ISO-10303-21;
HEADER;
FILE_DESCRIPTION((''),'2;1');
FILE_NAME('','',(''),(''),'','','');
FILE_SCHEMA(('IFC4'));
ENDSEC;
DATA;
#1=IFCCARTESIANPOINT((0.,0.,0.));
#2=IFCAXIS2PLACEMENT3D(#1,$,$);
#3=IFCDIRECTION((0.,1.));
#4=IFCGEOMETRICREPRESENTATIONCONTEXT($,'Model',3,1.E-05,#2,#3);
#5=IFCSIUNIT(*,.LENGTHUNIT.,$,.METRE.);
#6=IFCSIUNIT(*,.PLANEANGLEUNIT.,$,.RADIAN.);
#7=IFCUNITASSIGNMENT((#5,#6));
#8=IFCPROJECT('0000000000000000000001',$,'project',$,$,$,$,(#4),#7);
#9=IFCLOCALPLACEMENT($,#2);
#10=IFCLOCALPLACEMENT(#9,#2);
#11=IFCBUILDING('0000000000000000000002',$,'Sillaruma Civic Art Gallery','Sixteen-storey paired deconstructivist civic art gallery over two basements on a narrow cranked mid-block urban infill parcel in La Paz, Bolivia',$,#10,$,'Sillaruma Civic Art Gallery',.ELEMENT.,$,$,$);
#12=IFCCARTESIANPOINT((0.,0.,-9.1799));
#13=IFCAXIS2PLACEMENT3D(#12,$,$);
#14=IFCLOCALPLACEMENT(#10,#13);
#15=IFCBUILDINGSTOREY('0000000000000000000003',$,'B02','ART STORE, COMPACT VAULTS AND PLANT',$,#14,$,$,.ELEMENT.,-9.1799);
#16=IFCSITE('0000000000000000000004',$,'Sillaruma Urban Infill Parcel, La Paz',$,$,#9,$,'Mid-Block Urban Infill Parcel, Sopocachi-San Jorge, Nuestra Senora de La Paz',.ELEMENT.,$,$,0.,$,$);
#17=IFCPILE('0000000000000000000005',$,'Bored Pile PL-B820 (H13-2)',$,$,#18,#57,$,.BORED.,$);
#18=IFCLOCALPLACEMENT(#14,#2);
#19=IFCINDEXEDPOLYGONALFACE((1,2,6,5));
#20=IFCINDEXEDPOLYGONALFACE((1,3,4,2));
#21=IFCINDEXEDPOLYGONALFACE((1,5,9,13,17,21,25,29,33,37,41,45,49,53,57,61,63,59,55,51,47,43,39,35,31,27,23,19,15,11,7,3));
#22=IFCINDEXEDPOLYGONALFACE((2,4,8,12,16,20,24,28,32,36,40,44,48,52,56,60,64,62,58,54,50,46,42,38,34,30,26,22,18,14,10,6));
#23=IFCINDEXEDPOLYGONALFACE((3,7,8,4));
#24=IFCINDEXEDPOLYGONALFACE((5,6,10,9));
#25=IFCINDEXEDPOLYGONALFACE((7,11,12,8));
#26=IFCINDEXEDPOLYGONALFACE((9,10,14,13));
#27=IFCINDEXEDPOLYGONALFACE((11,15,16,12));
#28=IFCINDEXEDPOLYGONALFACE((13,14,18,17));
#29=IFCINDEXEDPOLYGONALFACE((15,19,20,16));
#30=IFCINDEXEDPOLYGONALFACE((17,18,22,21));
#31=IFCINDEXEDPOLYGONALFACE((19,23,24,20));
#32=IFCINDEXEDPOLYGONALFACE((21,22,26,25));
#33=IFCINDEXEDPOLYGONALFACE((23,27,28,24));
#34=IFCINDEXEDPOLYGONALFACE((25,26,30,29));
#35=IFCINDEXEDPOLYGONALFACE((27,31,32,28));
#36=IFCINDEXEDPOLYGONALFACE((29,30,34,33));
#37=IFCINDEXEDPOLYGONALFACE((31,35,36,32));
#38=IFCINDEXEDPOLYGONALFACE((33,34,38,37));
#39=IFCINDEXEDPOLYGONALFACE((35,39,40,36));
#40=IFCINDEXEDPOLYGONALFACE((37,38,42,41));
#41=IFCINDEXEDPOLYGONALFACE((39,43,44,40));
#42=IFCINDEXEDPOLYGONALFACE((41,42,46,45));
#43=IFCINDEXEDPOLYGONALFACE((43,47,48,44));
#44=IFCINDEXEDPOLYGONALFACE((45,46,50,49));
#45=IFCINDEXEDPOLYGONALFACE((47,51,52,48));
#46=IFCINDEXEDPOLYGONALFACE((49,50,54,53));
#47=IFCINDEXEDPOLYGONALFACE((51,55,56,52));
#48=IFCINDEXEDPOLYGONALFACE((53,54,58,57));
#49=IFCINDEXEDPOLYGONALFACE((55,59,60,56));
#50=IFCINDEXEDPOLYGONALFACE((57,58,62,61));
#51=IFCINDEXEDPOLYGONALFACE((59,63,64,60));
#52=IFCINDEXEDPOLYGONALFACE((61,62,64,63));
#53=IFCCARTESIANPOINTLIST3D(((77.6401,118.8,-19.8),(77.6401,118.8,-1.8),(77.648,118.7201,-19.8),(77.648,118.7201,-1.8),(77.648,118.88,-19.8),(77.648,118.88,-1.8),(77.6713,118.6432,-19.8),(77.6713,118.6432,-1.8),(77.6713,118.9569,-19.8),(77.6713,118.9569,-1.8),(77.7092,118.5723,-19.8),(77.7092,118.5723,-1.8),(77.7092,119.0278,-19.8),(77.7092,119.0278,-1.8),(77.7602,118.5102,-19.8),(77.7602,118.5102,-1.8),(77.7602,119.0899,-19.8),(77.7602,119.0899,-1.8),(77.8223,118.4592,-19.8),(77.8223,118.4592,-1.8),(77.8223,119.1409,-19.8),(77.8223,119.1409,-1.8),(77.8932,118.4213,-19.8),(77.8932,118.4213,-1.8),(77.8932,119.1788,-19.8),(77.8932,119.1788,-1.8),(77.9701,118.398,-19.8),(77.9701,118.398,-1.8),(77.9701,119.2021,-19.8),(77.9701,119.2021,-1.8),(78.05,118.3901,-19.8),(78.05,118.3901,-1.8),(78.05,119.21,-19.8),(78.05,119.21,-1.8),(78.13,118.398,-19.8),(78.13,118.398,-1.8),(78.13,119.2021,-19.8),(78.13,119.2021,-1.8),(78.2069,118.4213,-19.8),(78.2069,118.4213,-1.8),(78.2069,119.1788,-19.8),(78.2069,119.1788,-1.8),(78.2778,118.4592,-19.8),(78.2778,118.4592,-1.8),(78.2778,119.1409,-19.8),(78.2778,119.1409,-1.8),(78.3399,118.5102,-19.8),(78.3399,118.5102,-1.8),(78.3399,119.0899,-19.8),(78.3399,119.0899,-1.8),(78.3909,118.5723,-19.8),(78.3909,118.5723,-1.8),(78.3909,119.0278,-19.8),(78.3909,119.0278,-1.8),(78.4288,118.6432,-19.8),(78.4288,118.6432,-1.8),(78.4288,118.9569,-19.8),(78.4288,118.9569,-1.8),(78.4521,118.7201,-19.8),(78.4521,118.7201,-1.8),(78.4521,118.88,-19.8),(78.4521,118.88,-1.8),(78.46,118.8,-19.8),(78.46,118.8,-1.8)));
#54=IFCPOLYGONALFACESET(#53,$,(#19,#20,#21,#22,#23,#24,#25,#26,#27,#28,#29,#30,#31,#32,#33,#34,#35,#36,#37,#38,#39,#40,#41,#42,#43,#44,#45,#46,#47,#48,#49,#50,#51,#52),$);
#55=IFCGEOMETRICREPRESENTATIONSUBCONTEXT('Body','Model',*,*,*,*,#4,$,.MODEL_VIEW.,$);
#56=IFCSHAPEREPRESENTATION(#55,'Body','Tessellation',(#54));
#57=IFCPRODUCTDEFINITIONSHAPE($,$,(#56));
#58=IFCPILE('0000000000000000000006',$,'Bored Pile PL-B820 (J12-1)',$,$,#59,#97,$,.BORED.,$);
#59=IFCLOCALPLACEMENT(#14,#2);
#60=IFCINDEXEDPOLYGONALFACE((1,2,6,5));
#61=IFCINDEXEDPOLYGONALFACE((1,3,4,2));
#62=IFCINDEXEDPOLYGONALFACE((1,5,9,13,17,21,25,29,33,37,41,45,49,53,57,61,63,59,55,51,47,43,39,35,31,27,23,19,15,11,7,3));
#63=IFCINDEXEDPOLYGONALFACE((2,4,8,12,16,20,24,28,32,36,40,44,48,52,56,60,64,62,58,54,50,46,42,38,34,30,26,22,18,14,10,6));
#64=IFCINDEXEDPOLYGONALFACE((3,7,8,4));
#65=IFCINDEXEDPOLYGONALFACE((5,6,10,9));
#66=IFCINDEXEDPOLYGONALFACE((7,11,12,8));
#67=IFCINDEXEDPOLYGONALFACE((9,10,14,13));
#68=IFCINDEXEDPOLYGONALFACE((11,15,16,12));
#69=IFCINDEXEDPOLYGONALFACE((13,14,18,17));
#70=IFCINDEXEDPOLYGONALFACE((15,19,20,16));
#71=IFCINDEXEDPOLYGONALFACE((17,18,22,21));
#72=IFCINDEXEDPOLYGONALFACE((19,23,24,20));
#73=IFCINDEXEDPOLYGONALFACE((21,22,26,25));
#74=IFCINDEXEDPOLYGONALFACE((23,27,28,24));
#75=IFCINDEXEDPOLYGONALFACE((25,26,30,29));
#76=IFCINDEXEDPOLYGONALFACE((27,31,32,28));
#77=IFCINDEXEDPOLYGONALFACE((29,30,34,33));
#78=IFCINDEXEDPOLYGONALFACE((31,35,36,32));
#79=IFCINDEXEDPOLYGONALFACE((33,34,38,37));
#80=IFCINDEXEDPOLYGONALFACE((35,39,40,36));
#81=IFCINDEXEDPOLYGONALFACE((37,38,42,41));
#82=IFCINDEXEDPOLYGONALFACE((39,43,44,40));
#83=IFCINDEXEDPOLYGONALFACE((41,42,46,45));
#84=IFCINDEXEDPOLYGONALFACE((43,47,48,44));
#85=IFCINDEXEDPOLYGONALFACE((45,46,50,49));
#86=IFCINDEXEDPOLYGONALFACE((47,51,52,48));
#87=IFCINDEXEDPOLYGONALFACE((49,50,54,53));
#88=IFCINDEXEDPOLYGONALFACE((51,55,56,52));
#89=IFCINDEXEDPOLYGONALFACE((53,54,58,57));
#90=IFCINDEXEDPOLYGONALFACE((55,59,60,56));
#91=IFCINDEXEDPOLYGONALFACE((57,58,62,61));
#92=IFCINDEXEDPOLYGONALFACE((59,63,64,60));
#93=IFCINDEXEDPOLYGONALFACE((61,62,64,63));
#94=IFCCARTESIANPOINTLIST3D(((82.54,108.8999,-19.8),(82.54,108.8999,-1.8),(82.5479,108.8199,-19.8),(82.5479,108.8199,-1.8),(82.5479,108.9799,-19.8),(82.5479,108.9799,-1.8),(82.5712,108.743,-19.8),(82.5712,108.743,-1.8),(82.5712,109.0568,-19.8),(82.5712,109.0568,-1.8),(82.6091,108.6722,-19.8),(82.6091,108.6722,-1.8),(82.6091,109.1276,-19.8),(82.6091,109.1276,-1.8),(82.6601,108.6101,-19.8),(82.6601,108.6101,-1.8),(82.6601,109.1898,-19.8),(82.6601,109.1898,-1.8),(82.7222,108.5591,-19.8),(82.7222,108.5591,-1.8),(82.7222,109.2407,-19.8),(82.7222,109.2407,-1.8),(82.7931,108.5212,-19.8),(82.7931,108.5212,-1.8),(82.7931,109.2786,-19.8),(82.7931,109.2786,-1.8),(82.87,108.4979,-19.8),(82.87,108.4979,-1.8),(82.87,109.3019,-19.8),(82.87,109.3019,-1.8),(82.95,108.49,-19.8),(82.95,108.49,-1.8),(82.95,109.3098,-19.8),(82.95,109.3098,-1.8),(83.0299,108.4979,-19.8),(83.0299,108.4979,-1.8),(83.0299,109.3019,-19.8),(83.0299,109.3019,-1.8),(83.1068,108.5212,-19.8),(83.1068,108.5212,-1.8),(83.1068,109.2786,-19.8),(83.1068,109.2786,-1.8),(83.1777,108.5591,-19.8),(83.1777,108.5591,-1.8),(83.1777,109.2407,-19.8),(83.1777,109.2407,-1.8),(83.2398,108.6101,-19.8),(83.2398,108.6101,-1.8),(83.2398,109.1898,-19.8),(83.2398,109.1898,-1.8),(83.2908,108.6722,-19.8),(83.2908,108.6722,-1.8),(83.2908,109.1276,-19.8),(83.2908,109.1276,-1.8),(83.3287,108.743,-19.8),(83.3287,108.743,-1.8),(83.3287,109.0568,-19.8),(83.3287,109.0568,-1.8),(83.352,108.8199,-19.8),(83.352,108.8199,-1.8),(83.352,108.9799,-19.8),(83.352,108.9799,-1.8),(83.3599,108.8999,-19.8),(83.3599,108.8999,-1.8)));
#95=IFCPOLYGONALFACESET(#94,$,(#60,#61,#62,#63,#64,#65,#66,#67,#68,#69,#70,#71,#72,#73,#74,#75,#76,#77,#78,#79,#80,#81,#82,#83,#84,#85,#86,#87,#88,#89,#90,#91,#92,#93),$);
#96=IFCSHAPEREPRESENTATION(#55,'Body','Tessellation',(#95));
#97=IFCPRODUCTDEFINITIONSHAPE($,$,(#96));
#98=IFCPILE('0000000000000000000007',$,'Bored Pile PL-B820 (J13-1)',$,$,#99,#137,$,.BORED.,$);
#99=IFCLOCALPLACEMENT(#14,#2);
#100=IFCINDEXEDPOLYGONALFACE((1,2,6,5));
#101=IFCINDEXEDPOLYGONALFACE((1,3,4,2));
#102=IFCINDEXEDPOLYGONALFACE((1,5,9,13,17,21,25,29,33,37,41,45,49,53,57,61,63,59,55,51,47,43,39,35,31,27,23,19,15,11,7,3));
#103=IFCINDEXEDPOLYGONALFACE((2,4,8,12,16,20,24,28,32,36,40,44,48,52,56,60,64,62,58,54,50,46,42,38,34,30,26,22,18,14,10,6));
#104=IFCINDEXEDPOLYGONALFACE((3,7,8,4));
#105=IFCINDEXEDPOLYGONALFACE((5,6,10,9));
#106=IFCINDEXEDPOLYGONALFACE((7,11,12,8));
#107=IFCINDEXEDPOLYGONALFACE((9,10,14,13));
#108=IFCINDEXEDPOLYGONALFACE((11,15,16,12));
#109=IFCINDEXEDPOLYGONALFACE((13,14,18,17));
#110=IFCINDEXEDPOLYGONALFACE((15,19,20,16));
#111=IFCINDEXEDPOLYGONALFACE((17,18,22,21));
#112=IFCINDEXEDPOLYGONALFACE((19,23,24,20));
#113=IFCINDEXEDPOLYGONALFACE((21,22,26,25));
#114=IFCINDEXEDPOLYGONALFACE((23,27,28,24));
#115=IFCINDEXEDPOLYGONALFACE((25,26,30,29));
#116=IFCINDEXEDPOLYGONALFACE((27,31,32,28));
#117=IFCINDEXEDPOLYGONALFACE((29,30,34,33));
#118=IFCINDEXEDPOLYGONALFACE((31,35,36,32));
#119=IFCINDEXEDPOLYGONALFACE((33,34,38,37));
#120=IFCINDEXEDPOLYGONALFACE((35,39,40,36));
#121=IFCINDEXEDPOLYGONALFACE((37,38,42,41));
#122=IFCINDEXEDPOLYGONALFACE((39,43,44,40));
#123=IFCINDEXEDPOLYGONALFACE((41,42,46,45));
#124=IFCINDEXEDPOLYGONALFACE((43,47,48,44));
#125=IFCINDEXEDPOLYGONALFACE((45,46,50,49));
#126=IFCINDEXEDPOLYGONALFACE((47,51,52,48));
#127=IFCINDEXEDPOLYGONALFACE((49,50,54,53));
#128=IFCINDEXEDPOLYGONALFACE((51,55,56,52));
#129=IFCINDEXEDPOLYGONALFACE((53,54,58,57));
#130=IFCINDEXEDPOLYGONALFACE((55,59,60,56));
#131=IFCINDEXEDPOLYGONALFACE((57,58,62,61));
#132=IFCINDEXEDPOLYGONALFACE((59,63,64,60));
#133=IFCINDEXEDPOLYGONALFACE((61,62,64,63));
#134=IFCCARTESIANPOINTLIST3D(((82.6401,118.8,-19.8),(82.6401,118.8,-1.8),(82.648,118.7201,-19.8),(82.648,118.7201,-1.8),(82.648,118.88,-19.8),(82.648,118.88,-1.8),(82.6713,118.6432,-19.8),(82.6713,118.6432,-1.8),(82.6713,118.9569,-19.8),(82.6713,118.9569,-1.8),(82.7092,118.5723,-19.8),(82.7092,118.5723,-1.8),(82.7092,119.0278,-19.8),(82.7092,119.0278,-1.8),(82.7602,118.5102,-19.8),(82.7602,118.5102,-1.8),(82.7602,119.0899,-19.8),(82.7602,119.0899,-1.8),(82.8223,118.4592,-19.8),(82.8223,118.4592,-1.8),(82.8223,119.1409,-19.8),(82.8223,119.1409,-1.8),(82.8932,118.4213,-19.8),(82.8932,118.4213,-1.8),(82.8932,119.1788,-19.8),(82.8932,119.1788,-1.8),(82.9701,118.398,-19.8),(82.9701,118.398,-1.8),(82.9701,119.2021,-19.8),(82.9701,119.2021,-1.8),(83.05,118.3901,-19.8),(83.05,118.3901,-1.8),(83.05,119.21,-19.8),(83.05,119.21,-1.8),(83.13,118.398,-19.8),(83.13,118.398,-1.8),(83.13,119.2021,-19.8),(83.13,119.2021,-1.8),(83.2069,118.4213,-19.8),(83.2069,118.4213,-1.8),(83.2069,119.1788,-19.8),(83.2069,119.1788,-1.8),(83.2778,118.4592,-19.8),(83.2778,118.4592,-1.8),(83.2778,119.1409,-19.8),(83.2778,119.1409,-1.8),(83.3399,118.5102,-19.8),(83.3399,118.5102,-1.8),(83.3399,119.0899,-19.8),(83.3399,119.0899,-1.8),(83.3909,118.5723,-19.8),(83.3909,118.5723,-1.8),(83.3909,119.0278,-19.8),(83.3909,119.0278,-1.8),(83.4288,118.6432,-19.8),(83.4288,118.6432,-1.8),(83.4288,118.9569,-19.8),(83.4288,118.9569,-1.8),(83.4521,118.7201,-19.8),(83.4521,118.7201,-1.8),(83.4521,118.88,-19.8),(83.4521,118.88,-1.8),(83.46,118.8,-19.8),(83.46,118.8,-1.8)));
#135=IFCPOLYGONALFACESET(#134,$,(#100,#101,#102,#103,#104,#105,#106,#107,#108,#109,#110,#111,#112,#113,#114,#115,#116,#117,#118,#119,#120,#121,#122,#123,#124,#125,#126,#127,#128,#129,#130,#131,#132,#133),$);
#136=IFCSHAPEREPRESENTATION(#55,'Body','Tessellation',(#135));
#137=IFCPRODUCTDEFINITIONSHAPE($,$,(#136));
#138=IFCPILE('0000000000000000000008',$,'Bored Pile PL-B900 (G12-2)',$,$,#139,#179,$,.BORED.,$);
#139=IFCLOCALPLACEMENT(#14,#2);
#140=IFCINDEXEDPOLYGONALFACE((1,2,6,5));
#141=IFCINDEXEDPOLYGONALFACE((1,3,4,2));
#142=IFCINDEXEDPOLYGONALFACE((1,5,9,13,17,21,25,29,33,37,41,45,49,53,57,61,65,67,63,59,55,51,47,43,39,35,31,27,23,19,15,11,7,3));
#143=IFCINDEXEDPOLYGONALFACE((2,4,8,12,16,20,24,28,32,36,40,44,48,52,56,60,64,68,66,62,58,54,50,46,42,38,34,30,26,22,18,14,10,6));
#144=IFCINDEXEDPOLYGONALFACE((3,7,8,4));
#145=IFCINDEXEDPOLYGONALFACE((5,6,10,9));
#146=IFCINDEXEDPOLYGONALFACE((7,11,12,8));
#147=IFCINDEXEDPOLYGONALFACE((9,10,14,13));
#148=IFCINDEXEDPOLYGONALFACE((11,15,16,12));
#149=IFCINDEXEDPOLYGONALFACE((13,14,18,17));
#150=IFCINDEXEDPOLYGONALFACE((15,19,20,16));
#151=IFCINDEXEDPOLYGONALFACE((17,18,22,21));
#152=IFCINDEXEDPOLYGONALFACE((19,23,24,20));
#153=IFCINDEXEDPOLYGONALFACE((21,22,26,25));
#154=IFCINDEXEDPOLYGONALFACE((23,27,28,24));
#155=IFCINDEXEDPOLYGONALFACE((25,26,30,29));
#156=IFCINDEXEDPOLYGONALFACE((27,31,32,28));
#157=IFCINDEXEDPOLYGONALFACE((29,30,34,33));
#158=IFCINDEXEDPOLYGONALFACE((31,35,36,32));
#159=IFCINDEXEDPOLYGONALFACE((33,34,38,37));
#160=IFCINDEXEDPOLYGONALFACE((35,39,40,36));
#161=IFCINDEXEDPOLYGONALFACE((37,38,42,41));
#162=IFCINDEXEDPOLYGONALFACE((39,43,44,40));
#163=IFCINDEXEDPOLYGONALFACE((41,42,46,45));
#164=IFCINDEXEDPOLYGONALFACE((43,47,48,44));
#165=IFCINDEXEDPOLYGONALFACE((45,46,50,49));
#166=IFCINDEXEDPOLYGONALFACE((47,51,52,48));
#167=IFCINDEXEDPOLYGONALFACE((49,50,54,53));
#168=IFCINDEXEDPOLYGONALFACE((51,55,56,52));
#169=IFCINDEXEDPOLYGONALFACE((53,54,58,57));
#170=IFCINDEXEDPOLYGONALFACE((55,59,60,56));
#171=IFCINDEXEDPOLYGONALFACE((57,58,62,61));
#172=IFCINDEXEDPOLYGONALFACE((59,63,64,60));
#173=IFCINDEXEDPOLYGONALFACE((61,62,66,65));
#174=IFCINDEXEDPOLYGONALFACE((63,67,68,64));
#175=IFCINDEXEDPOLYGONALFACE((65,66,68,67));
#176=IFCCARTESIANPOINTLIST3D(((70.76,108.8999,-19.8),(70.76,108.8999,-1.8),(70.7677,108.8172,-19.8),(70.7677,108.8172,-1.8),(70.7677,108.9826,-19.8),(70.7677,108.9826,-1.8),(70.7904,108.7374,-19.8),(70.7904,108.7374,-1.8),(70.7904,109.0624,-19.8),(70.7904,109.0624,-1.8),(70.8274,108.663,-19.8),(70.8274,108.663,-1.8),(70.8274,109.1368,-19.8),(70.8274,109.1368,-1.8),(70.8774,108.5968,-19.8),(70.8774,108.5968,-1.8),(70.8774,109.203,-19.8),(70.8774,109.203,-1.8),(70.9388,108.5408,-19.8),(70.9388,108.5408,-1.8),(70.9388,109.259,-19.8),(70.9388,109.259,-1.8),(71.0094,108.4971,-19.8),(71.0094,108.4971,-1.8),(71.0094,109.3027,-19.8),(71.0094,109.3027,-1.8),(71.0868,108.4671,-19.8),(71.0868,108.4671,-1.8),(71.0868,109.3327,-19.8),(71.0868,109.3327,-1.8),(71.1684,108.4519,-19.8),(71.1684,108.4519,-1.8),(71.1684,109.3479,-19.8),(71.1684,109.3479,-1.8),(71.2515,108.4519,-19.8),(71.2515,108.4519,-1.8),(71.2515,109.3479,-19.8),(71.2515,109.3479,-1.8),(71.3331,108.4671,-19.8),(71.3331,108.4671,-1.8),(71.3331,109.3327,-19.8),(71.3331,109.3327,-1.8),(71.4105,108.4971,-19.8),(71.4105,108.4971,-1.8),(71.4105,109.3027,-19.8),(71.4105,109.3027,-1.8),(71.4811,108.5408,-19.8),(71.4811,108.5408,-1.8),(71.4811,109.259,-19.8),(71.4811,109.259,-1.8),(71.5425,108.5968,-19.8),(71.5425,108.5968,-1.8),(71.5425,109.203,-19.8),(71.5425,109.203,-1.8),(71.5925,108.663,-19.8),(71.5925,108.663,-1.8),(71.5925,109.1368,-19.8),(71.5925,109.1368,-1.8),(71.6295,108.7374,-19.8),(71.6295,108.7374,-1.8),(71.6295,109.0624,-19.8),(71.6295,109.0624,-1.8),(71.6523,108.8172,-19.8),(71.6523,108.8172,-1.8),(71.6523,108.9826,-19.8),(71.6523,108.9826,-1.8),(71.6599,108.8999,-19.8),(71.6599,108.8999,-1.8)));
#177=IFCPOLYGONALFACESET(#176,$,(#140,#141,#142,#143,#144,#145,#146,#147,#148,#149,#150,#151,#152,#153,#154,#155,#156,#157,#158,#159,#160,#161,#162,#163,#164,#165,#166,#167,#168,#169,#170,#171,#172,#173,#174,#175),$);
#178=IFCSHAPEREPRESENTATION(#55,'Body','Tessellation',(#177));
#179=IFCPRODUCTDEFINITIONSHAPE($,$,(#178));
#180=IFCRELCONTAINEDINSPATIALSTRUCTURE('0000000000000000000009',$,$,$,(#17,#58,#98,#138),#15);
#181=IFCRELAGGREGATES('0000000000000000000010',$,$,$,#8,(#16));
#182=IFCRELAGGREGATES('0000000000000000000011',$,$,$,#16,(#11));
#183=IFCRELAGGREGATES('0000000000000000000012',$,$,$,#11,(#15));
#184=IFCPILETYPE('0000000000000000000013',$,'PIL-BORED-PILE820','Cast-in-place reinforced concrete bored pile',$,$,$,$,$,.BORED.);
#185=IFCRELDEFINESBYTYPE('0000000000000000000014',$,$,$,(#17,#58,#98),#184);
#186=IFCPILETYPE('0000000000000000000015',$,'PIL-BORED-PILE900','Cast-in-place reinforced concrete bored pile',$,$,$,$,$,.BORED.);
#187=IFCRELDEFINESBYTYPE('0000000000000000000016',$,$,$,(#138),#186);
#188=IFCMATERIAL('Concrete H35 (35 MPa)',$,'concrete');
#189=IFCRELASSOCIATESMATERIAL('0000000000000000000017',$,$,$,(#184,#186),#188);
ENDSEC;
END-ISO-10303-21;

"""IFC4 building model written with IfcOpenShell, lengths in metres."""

from ifc_helpers import new_model, si_unit, direction, frame, origin, origin_2d, place, context, subcontext, project, spatial, circle, extrude, material, material_profile, profile_set, type_object, element, save


model = new_model("IFC4")

# Units and contexts
model_context = context("Model", 3, precision=1e-05, world=origin(), true_north=direction((0.0, 1.0)))
body_context = subcontext(model_context, "Body", "Model", "MODEL_VIEW")
ifc_project = project(units=[si_unit("LENGTHUNIT", "METRE"), si_unit("PLANEANGLEUNIT", "RADIAN")], contexts=[model_context])

# Site, building, storey
site_placement = place(None, origin())
site = spatial("IfcSite", under=ifc_project, at=site_placement, Name="Sillaruma Urban Infill Parcel, La Paz", LongName="Mid-Block Urban Infill Parcel, Sopocachi-San Jorge, Nuestra Senora de La Paz", CompositionType="ELEMENT", RefElevation=0.0)
building_placement = place(site_placement, origin())
building = spatial("IfcBuilding", under=site, at=building_placement, Name="Sillaruma Civic Art Gallery", Description="Sixteen-storey paired deconstructivist civic art gallery over two basements on a narrow cranked mid-block urban infill parcel in La Paz, Bolivia", LongName="Sillaruma Civic Art Gallery", CompositionType="ELEMENT")
storey_placement = place(building_placement, frame((0.0, 0.0, -9.1799)))
storey = spatial("IfcBuildingStorey", under=building, at=storey_placement, Name="B02", Description="ART STORE, COMPACT VAULTS AND PLANT", CompositionType="ELEMENT", Elevation=-9.1799)

# Shared definitions
ifc_material_1 = material(Name="Concrete H35 (35 MPa)", Category="concrete")

# Piles
ifc_material_profile_1 = material_profile(ifc_material_1, circle(Radius=0.4099, at=origin_2d()), Name="PILE820")
ifc_profile_set_1 = profile_set([ifc_material_profile_1], Name="Concrete H35 (35 MPa)")
pile_type_1 = type_object("IfcPileType", Name="PIL-BORED-PILE820", Description="Cast-in-place reinforced concrete bored pile", PredefinedType="BORED", material=ifc_profile_set_1)
for number, where, z_axis, x_axis, name in (
    (1, (78.05, 118.8, -1.8), (0.0, 0.0, -1.0), (1.0, 0.0, 0.0), "Bored Pile PL-B820 (H13-2)"),
    (2, (82.95, 108.8999, -1.8), (0.0, 0.0, -1.0), (1.0, 0.0, 0.0), "Bored Pile PL-B820 (J12-1)"),
    (3, (83.05, 118.8, -1.8), (0.0, 0.0, -1.0), (1.0, 0.0, 0.0), "Bored Pile PL-B820 (J13-1)"),
):
    element("IfcPile", number, at=place(storey_placement, frame(where, z_axis=z_axis, x_axis=x_axis)), inside=storey, type_object=pile_type_1, Name=name, PredefinedType="BORED", context=body_context, shape_type="SweptSolid", body=[
        extrude(circle(Radius=0.4099, at=origin_2d()), origin(), (0.0, 0.0, 1.0), 18.0),
    ])
ifc_material_profile_2 = material_profile(ifc_material_1, circle(Radius=0.45, at=origin_2d()), Name="PILE900")
ifc_profile_set_2 = profile_set([ifc_material_profile_2], Name="Concrete H35 (35 MPa)")
pile_type_2 = type_object("IfcPileType", Name="PIL-BORED-PILE900", Description="Cast-in-place reinforced concrete bored pile", PredefinedType="BORED", material=ifc_profile_set_2)
for number, where, z_axis, x_axis, name in (
    (4, (71.21, 108.8999, -1.8), (0.0, 0.0, -1.0), (1.0, 0.0, 0.0), "Bored Pile PL-B900 (G12-2)"),
):
    element("IfcPile", number, at=place(storey_placement, frame(where, z_axis=z_axis, x_axis=x_axis)), inside=storey, type_object=pile_type_2, Name=name, PredefinedType="BORED", context=body_context, shape_type="SweptSolid", body=[
        extrude(circle(Radius=0.45, at=origin_2d()), origin(), (0.0, 0.0, 1.0), 18.0),
    ])

save(model, "model.ifc")
